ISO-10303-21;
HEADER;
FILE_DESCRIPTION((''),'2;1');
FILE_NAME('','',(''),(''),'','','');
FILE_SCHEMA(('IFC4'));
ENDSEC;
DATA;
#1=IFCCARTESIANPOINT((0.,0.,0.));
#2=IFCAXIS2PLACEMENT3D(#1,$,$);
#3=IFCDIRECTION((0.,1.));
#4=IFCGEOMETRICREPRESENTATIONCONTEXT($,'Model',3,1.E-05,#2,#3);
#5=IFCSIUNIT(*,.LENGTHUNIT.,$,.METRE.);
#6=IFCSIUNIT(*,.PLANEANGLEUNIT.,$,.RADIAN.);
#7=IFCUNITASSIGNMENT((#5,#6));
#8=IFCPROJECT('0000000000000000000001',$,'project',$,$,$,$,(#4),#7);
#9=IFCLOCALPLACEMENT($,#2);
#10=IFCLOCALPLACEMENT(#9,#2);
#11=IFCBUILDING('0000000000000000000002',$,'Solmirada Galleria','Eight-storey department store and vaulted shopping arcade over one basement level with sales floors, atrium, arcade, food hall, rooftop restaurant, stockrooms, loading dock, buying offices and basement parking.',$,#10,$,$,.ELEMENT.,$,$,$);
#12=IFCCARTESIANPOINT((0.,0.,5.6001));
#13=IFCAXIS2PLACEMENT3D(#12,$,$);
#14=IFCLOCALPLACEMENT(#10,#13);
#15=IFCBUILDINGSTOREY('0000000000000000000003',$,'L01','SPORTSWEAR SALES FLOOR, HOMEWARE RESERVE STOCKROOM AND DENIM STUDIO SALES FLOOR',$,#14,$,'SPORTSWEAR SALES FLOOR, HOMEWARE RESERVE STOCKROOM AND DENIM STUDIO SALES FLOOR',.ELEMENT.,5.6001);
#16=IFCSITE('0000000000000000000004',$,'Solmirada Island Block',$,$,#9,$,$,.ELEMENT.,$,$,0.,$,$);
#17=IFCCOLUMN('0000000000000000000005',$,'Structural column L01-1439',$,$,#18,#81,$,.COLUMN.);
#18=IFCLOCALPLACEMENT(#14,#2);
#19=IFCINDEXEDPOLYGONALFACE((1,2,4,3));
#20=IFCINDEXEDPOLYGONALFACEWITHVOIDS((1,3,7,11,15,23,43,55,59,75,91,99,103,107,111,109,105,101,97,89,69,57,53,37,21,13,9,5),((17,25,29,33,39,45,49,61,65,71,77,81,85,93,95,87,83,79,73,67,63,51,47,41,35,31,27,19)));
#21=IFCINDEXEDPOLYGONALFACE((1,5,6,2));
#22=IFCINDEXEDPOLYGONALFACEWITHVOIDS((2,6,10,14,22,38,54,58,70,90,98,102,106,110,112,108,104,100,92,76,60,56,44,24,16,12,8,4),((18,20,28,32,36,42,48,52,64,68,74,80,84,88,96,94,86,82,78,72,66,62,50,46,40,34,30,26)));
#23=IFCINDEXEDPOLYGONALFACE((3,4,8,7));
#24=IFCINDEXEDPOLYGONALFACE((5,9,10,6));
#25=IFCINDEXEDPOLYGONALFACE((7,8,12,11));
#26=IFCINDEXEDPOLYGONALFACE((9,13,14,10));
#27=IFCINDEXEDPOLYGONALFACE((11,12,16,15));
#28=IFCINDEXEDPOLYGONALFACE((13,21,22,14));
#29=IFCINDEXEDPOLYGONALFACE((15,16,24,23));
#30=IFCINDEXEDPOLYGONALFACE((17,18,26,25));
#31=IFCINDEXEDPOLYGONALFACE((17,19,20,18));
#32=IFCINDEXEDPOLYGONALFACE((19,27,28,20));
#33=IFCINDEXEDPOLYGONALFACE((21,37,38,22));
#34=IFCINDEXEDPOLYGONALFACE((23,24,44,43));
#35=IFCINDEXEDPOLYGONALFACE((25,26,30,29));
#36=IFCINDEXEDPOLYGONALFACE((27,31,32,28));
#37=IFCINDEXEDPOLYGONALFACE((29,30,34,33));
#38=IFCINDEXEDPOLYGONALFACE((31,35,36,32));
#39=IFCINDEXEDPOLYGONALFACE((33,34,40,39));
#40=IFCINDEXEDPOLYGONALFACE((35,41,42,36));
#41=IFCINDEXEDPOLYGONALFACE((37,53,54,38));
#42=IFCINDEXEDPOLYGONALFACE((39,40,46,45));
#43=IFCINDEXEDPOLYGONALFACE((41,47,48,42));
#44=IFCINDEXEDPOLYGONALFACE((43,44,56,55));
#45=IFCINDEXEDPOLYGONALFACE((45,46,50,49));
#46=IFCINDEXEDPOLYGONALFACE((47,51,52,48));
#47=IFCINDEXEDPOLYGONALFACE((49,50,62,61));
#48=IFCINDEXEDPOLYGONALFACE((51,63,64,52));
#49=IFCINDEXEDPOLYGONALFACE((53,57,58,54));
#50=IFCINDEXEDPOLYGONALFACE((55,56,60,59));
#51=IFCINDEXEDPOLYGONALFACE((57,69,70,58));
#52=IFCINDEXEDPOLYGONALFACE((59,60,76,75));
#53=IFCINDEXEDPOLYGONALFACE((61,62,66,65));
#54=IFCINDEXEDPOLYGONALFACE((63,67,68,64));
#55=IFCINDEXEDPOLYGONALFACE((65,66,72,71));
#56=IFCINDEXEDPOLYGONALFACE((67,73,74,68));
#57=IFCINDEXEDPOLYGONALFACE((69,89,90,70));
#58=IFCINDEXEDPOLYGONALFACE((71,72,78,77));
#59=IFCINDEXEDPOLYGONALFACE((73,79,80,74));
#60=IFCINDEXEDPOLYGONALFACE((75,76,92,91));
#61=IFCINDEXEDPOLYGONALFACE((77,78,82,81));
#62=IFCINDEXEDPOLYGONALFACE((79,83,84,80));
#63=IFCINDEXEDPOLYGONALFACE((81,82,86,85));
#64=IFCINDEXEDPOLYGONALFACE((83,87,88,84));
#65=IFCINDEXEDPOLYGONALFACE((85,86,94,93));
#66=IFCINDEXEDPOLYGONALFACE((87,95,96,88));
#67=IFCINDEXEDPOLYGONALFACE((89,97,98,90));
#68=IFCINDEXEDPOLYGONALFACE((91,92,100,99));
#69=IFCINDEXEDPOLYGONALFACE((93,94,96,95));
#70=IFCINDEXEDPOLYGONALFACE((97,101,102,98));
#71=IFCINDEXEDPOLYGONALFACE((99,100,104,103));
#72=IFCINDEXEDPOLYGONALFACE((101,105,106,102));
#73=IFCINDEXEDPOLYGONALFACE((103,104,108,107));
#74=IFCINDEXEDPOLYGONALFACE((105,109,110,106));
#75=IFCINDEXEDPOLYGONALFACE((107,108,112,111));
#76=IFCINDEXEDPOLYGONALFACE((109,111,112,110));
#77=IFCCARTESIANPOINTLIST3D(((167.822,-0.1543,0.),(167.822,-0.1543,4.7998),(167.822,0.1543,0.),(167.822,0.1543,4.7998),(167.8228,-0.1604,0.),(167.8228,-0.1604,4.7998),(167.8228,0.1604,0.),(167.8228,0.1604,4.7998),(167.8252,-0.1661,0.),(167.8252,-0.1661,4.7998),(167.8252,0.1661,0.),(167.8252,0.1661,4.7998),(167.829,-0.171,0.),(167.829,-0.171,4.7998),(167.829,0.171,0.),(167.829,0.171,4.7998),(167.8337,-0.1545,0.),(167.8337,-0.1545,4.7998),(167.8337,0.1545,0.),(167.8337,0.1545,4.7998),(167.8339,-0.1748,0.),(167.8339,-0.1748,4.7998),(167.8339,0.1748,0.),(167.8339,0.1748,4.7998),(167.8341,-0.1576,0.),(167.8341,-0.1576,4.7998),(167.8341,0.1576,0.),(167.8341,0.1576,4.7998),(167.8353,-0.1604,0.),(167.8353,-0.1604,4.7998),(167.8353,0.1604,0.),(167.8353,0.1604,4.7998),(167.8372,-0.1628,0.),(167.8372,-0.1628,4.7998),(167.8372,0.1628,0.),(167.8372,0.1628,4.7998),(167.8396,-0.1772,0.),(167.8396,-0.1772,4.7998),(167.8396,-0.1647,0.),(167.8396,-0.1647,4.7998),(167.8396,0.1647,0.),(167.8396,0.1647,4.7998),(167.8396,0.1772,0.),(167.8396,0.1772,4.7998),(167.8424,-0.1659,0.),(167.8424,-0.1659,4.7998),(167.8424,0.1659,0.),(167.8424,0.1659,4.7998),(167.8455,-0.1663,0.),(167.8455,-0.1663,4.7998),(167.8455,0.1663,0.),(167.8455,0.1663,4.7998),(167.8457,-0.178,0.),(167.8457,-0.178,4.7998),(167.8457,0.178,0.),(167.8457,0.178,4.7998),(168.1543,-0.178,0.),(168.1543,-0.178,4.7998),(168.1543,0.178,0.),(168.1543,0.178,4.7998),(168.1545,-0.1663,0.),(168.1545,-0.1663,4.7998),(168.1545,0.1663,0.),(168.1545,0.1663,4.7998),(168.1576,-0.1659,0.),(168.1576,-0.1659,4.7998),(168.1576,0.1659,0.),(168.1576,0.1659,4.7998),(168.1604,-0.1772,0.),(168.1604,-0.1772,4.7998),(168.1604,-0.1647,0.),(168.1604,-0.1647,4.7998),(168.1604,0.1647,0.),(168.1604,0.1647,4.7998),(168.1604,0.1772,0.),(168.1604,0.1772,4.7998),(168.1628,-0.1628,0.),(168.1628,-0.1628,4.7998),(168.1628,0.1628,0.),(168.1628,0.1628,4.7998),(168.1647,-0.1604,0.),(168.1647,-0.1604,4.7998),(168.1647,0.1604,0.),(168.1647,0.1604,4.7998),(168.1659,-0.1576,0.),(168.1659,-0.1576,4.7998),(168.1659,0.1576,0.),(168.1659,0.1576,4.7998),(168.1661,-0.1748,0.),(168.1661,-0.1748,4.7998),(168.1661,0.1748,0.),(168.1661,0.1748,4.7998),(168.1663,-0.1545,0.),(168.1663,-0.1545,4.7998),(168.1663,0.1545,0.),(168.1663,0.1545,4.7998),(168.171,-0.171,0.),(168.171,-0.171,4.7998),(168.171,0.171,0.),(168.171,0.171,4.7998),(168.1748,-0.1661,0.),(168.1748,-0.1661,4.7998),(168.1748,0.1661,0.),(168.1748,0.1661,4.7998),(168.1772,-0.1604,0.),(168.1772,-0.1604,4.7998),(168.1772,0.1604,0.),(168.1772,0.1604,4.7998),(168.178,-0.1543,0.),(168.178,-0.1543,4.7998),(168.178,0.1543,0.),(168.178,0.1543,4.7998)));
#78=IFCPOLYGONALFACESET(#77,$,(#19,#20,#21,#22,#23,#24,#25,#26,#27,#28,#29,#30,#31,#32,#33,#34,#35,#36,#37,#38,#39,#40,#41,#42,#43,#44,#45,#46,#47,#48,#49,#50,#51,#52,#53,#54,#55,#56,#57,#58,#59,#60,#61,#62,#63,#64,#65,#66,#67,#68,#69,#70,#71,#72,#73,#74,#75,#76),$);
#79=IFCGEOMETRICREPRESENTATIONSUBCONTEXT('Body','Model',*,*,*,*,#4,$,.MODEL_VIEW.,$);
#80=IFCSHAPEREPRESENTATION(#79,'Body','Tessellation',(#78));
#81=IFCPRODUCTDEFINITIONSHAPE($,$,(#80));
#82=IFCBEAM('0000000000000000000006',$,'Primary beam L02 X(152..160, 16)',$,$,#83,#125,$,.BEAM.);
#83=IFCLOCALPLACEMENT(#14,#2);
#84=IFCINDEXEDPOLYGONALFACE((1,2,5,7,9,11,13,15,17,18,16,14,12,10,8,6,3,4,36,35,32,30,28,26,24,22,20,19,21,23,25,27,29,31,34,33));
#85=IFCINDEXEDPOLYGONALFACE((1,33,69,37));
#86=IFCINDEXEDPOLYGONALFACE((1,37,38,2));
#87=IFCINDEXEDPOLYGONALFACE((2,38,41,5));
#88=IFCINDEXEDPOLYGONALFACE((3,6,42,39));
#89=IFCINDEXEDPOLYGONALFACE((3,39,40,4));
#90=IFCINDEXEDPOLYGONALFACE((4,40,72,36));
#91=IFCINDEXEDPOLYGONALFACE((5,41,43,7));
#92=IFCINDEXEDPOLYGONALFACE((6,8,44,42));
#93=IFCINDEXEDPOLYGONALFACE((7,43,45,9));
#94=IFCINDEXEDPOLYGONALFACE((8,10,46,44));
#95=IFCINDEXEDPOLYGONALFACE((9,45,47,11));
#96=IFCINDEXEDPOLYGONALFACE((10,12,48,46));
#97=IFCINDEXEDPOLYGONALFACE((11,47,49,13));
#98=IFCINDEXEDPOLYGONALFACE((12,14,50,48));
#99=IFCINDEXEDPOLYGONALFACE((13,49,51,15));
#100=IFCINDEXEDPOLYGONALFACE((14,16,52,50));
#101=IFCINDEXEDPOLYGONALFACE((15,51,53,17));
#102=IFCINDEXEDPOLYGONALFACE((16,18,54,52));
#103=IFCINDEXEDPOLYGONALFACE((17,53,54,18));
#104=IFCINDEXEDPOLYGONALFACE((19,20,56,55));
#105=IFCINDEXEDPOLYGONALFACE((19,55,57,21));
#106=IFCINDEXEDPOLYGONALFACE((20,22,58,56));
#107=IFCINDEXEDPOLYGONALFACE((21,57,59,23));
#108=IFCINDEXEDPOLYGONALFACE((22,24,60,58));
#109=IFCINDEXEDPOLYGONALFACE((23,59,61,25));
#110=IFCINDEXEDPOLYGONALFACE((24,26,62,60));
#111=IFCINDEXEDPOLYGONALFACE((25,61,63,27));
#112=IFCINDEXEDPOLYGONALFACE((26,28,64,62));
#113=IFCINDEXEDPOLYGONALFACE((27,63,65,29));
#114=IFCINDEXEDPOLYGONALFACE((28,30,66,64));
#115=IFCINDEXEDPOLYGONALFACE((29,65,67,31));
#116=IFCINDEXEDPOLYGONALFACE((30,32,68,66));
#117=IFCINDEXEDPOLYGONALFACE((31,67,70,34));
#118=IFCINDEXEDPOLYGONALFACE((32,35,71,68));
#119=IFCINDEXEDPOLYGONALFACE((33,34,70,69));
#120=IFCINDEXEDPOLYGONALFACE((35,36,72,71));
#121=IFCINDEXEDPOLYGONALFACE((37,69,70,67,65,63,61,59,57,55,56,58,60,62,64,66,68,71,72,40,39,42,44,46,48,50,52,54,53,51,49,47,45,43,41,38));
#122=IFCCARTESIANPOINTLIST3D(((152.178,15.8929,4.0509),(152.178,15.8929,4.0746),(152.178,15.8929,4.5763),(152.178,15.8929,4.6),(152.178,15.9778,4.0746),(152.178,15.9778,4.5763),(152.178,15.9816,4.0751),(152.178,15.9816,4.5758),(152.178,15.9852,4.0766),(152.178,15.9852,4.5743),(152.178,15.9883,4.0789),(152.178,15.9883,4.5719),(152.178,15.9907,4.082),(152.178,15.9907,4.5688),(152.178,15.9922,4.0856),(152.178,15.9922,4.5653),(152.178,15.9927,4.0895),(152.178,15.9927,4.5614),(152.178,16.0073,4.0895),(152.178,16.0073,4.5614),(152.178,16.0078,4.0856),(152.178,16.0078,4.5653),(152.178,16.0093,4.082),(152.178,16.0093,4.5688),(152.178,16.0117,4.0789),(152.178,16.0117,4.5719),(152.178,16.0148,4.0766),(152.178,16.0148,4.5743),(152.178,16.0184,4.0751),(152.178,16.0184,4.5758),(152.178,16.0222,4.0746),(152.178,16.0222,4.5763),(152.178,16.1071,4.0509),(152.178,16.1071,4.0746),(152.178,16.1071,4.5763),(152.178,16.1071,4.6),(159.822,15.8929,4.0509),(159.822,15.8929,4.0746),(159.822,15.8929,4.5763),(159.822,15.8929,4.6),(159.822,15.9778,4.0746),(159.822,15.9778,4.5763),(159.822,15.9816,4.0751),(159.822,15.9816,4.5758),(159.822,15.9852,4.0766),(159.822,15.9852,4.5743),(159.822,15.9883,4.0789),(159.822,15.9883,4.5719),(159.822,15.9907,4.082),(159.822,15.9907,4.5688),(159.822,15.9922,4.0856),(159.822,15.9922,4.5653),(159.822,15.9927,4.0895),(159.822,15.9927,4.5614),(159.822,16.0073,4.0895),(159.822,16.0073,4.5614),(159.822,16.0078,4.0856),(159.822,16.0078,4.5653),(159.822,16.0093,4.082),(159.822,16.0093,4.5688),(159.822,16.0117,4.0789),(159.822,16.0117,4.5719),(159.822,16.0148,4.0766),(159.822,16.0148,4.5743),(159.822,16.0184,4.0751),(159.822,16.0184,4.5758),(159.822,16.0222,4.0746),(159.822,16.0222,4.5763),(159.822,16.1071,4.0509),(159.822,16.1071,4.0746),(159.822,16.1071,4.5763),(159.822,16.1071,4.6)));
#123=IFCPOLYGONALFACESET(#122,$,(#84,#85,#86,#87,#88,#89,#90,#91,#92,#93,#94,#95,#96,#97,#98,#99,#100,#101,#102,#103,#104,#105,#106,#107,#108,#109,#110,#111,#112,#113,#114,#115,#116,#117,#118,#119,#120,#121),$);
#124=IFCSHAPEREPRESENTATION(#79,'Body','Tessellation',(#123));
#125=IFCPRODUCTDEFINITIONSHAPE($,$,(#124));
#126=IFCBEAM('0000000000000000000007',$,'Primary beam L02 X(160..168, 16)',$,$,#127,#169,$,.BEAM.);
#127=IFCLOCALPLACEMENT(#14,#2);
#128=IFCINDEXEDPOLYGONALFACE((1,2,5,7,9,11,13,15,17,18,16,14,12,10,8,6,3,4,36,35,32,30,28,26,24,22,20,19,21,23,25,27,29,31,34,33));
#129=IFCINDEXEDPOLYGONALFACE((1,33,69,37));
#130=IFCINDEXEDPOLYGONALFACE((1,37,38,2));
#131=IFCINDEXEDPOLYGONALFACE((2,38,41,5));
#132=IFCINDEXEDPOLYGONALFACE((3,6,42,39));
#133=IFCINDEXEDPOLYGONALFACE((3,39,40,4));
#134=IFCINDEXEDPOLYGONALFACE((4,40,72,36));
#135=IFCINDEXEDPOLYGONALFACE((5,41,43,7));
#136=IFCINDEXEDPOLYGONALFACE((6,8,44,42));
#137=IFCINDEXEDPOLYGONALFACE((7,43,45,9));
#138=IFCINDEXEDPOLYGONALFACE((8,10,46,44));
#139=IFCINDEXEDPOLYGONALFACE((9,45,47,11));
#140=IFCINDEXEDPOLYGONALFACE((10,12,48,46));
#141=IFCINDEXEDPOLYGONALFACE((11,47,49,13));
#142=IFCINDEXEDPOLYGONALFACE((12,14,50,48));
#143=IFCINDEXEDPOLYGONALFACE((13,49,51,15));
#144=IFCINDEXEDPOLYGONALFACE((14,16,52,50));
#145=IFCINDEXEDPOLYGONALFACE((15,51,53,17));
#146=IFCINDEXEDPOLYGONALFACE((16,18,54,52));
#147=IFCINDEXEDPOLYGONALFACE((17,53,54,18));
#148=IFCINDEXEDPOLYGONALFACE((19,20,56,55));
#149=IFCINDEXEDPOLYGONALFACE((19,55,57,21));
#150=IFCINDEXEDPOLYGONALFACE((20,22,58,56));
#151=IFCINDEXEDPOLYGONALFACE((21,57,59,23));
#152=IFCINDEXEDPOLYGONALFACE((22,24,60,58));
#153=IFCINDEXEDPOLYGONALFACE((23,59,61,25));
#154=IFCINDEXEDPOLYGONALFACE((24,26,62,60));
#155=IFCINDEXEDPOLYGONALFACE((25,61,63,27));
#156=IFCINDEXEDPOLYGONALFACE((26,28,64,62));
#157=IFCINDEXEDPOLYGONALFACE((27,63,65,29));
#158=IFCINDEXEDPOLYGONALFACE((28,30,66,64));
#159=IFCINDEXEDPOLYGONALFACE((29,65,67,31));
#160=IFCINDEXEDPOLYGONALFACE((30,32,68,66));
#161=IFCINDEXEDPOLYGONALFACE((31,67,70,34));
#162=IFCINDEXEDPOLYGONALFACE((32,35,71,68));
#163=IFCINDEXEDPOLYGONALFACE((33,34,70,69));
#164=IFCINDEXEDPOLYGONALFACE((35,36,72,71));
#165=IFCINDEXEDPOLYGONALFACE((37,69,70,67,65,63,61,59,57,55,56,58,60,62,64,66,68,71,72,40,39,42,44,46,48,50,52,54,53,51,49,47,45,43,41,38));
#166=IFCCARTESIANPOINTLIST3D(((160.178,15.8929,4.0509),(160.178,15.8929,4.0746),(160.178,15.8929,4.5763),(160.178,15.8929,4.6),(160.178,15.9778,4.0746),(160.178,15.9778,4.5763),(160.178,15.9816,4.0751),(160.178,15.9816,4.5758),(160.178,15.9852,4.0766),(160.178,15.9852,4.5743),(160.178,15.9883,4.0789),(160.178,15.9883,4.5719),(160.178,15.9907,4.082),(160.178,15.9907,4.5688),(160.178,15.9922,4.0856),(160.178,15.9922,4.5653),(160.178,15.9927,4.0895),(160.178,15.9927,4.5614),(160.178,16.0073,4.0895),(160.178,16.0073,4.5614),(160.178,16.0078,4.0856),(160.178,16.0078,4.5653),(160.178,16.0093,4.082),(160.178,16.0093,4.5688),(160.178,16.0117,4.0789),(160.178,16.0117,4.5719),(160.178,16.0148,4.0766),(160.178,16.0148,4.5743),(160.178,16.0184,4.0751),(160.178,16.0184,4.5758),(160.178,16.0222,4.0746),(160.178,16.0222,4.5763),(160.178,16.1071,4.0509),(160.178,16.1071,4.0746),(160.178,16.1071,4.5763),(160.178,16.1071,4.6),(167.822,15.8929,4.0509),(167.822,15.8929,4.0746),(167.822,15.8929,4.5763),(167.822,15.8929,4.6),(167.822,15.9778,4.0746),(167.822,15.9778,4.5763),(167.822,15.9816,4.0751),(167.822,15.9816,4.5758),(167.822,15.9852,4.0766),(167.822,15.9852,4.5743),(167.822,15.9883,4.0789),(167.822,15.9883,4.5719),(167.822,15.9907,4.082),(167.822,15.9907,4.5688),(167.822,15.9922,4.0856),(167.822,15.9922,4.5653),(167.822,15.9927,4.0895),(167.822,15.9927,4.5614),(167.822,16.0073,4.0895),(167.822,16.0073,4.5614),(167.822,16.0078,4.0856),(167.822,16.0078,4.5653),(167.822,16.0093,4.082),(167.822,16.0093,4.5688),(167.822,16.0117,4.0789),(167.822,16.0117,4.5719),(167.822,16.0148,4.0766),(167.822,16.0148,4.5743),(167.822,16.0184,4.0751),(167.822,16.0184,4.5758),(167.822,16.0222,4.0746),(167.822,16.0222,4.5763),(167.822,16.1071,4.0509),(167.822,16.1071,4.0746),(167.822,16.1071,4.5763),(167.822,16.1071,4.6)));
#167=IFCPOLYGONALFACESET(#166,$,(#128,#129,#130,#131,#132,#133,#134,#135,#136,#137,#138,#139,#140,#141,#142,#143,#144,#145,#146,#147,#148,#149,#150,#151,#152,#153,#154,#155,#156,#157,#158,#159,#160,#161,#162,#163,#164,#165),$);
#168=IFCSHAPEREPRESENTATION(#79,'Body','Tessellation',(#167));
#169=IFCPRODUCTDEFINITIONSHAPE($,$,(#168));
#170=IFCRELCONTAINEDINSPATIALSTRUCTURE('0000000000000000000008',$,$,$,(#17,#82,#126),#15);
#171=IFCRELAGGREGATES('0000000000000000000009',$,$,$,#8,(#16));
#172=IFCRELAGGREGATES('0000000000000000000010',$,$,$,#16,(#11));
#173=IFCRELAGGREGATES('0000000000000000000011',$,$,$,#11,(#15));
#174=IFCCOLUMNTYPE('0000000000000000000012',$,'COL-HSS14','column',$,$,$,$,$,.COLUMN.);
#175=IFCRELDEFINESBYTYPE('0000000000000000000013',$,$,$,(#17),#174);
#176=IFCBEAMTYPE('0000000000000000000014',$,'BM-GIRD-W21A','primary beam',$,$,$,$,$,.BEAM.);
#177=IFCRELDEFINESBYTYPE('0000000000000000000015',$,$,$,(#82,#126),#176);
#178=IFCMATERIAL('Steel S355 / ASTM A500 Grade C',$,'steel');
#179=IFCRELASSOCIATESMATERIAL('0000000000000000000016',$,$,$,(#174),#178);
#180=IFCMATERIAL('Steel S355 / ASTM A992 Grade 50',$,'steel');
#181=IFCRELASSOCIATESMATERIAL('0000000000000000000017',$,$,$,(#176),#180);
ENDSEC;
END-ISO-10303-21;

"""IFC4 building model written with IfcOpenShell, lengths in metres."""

from ifc_helpers import new_model, si_unit, direction, frame, origin, origin_2d, place, context, subcontext, project, spatial, hollow_rectangle, i_section, extrude, material, material_profile, profile_set, type_object, element, save


model = new_model("IFC4")

# Units and contexts
model_context = context("Model", 3, precision=1e-05, world=origin(), true_north=direction((0.0, 1.0)))
body_context = subcontext(model_context, "Body", "Model", "MODEL_VIEW")
ifc_project = project(units=[si_unit("LENGTHUNIT", "METRE"), si_unit("PLANEANGLEUNIT", "RADIAN")], contexts=[model_context])

# Site, building, storey
site_placement = place(None, origin())
site = spatial("IfcSite", under=ifc_project, at=site_placement, Name="Solmirada Island Block", CompositionType="ELEMENT", RefElevation=0.0)
building_placement = place(site_placement, origin())
building = spatial("IfcBuilding", under=site, at=building_placement, Name="Solmirada Galleria", Description="Eight-storey department store and vaulted shopping arcade over one basement level with sales floors, atrium, arcade, food hall, rooftop restaurant, stockrooms, loading dock, buying offices and basement parking.", CompositionType="ELEMENT")
storey_placement = place(building_placement, frame((0.0, 0.0, 5.6001)))
storey = spatial("IfcBuildingStorey", under=building, at=storey_placement, Name="L01", Description="SPORTSWEAR SALES FLOOR, HOMEWARE RESERVE STOCKROOM AND DENIM STUDIO SALES FLOOR", LongName="SPORTSWEAR SALES FLOOR, HOMEWARE RESERVE STOCKROOM AND DENIM STUDIO SALES FLOOR", CompositionType="ELEMENT", Elevation=5.6001)

# Column
ifc_material_1 = material(Name="Steel S355 / ASTM A500 Grade C", Category="steel")
ifc_material_profile_1 = material_profile(ifc_material_1, hollow_rectangle(XDim=0.356, YDim=0.356, WallThickness=0.0117, InnerFilletRadius=0.0117, OuterFilletRadius=0.0237, at=origin_2d()), Name="HSS14X14X1/2")
ifc_profile_set_1 = profile_set([ifc_material_profile_1], Name="Steel S355 / ASTM A500 Grade C")
column_type = type_object("IfcColumnType", Name="COL-HSS14", Description="column", PredefinedType="COLUMN", material=ifc_profile_set_1)
for number, where, z_axis, x_axis, name in (
    (1, (168.0, 0.0, 0.0), (0.0, 0.0, 1.0), (1.0, 0.0, 0.0), "Structural column L01-1439"),
):
    element("IfcColumn", number, at=place(storey_placement, frame(where, z_axis=z_axis, x_axis=x_axis)), inside=storey, type_object=column_type, Name=name, PredefinedType="COLUMN", context=body_context, shape_type="SweptSolid", body=[
        extrude(hollow_rectangle(XDim=0.356, YDim=0.356, WallThickness=0.0117, InnerFilletRadius=0.0117, OuterFilletRadius=0.0237, at=origin_2d()), origin(), (0.0, 0.0, 1.0), 4.7998),
    ])

# Beams
ifc_material_2 = material(Name="Steel S355 / ASTM A992 Grade 50", Category="steel")
ifc_material_profile_2 = material_profile(ifc_material_2, i_section(OverallWidth=0.2141, OverallDepth=0.5491, WebThickness=0.0146, FlangeThickness=0.0237, FilletRadius=0.0149, at=origin_2d()), Name="W21X93")
ifc_profile_set_2 = profile_set([ifc_material_profile_2], Name="Steel S355 / ASTM A992 Grade 50")
beam_type_1 = type_object("IfcBeamType", Name="BM-GIRD-W21A", Description="primary beam", PredefinedType="BEAM", material=ifc_profile_set_2)
for number, where, z_axis, x_axis, name in (
    (2, (152.178, 16.0, 4.3254), (1.0, 0.0, 0.0), (0.0, 1.0, 0.0), "Primary beam L02 X(152..160, 16)"),
    (3, (160.178, 16.0, 4.3254), (1.0, 0.0, 0.0), (0.0, 1.0, 0.0), "Primary beam L02 X(160..168, 16)"),
):
    element("IfcBeam", number, at=place(storey_placement, frame(where, z_axis=z_axis, x_axis=x_axis)), inside=storey, type_object=beam_type_1, Name=name, PredefinedType="BEAM", context=body_context, shape_type="SweptSolid", body=[
        extrude(i_section(OverallWidth=0.2141, OverallDepth=0.5491, WebThickness=0.0146, FlangeThickness=0.0237, FilletRadius=0.0149, at=origin_2d()), origin(), (0.0, 0.0, 1.0), 7.644),
    ])

save(model, "model.ifc")
